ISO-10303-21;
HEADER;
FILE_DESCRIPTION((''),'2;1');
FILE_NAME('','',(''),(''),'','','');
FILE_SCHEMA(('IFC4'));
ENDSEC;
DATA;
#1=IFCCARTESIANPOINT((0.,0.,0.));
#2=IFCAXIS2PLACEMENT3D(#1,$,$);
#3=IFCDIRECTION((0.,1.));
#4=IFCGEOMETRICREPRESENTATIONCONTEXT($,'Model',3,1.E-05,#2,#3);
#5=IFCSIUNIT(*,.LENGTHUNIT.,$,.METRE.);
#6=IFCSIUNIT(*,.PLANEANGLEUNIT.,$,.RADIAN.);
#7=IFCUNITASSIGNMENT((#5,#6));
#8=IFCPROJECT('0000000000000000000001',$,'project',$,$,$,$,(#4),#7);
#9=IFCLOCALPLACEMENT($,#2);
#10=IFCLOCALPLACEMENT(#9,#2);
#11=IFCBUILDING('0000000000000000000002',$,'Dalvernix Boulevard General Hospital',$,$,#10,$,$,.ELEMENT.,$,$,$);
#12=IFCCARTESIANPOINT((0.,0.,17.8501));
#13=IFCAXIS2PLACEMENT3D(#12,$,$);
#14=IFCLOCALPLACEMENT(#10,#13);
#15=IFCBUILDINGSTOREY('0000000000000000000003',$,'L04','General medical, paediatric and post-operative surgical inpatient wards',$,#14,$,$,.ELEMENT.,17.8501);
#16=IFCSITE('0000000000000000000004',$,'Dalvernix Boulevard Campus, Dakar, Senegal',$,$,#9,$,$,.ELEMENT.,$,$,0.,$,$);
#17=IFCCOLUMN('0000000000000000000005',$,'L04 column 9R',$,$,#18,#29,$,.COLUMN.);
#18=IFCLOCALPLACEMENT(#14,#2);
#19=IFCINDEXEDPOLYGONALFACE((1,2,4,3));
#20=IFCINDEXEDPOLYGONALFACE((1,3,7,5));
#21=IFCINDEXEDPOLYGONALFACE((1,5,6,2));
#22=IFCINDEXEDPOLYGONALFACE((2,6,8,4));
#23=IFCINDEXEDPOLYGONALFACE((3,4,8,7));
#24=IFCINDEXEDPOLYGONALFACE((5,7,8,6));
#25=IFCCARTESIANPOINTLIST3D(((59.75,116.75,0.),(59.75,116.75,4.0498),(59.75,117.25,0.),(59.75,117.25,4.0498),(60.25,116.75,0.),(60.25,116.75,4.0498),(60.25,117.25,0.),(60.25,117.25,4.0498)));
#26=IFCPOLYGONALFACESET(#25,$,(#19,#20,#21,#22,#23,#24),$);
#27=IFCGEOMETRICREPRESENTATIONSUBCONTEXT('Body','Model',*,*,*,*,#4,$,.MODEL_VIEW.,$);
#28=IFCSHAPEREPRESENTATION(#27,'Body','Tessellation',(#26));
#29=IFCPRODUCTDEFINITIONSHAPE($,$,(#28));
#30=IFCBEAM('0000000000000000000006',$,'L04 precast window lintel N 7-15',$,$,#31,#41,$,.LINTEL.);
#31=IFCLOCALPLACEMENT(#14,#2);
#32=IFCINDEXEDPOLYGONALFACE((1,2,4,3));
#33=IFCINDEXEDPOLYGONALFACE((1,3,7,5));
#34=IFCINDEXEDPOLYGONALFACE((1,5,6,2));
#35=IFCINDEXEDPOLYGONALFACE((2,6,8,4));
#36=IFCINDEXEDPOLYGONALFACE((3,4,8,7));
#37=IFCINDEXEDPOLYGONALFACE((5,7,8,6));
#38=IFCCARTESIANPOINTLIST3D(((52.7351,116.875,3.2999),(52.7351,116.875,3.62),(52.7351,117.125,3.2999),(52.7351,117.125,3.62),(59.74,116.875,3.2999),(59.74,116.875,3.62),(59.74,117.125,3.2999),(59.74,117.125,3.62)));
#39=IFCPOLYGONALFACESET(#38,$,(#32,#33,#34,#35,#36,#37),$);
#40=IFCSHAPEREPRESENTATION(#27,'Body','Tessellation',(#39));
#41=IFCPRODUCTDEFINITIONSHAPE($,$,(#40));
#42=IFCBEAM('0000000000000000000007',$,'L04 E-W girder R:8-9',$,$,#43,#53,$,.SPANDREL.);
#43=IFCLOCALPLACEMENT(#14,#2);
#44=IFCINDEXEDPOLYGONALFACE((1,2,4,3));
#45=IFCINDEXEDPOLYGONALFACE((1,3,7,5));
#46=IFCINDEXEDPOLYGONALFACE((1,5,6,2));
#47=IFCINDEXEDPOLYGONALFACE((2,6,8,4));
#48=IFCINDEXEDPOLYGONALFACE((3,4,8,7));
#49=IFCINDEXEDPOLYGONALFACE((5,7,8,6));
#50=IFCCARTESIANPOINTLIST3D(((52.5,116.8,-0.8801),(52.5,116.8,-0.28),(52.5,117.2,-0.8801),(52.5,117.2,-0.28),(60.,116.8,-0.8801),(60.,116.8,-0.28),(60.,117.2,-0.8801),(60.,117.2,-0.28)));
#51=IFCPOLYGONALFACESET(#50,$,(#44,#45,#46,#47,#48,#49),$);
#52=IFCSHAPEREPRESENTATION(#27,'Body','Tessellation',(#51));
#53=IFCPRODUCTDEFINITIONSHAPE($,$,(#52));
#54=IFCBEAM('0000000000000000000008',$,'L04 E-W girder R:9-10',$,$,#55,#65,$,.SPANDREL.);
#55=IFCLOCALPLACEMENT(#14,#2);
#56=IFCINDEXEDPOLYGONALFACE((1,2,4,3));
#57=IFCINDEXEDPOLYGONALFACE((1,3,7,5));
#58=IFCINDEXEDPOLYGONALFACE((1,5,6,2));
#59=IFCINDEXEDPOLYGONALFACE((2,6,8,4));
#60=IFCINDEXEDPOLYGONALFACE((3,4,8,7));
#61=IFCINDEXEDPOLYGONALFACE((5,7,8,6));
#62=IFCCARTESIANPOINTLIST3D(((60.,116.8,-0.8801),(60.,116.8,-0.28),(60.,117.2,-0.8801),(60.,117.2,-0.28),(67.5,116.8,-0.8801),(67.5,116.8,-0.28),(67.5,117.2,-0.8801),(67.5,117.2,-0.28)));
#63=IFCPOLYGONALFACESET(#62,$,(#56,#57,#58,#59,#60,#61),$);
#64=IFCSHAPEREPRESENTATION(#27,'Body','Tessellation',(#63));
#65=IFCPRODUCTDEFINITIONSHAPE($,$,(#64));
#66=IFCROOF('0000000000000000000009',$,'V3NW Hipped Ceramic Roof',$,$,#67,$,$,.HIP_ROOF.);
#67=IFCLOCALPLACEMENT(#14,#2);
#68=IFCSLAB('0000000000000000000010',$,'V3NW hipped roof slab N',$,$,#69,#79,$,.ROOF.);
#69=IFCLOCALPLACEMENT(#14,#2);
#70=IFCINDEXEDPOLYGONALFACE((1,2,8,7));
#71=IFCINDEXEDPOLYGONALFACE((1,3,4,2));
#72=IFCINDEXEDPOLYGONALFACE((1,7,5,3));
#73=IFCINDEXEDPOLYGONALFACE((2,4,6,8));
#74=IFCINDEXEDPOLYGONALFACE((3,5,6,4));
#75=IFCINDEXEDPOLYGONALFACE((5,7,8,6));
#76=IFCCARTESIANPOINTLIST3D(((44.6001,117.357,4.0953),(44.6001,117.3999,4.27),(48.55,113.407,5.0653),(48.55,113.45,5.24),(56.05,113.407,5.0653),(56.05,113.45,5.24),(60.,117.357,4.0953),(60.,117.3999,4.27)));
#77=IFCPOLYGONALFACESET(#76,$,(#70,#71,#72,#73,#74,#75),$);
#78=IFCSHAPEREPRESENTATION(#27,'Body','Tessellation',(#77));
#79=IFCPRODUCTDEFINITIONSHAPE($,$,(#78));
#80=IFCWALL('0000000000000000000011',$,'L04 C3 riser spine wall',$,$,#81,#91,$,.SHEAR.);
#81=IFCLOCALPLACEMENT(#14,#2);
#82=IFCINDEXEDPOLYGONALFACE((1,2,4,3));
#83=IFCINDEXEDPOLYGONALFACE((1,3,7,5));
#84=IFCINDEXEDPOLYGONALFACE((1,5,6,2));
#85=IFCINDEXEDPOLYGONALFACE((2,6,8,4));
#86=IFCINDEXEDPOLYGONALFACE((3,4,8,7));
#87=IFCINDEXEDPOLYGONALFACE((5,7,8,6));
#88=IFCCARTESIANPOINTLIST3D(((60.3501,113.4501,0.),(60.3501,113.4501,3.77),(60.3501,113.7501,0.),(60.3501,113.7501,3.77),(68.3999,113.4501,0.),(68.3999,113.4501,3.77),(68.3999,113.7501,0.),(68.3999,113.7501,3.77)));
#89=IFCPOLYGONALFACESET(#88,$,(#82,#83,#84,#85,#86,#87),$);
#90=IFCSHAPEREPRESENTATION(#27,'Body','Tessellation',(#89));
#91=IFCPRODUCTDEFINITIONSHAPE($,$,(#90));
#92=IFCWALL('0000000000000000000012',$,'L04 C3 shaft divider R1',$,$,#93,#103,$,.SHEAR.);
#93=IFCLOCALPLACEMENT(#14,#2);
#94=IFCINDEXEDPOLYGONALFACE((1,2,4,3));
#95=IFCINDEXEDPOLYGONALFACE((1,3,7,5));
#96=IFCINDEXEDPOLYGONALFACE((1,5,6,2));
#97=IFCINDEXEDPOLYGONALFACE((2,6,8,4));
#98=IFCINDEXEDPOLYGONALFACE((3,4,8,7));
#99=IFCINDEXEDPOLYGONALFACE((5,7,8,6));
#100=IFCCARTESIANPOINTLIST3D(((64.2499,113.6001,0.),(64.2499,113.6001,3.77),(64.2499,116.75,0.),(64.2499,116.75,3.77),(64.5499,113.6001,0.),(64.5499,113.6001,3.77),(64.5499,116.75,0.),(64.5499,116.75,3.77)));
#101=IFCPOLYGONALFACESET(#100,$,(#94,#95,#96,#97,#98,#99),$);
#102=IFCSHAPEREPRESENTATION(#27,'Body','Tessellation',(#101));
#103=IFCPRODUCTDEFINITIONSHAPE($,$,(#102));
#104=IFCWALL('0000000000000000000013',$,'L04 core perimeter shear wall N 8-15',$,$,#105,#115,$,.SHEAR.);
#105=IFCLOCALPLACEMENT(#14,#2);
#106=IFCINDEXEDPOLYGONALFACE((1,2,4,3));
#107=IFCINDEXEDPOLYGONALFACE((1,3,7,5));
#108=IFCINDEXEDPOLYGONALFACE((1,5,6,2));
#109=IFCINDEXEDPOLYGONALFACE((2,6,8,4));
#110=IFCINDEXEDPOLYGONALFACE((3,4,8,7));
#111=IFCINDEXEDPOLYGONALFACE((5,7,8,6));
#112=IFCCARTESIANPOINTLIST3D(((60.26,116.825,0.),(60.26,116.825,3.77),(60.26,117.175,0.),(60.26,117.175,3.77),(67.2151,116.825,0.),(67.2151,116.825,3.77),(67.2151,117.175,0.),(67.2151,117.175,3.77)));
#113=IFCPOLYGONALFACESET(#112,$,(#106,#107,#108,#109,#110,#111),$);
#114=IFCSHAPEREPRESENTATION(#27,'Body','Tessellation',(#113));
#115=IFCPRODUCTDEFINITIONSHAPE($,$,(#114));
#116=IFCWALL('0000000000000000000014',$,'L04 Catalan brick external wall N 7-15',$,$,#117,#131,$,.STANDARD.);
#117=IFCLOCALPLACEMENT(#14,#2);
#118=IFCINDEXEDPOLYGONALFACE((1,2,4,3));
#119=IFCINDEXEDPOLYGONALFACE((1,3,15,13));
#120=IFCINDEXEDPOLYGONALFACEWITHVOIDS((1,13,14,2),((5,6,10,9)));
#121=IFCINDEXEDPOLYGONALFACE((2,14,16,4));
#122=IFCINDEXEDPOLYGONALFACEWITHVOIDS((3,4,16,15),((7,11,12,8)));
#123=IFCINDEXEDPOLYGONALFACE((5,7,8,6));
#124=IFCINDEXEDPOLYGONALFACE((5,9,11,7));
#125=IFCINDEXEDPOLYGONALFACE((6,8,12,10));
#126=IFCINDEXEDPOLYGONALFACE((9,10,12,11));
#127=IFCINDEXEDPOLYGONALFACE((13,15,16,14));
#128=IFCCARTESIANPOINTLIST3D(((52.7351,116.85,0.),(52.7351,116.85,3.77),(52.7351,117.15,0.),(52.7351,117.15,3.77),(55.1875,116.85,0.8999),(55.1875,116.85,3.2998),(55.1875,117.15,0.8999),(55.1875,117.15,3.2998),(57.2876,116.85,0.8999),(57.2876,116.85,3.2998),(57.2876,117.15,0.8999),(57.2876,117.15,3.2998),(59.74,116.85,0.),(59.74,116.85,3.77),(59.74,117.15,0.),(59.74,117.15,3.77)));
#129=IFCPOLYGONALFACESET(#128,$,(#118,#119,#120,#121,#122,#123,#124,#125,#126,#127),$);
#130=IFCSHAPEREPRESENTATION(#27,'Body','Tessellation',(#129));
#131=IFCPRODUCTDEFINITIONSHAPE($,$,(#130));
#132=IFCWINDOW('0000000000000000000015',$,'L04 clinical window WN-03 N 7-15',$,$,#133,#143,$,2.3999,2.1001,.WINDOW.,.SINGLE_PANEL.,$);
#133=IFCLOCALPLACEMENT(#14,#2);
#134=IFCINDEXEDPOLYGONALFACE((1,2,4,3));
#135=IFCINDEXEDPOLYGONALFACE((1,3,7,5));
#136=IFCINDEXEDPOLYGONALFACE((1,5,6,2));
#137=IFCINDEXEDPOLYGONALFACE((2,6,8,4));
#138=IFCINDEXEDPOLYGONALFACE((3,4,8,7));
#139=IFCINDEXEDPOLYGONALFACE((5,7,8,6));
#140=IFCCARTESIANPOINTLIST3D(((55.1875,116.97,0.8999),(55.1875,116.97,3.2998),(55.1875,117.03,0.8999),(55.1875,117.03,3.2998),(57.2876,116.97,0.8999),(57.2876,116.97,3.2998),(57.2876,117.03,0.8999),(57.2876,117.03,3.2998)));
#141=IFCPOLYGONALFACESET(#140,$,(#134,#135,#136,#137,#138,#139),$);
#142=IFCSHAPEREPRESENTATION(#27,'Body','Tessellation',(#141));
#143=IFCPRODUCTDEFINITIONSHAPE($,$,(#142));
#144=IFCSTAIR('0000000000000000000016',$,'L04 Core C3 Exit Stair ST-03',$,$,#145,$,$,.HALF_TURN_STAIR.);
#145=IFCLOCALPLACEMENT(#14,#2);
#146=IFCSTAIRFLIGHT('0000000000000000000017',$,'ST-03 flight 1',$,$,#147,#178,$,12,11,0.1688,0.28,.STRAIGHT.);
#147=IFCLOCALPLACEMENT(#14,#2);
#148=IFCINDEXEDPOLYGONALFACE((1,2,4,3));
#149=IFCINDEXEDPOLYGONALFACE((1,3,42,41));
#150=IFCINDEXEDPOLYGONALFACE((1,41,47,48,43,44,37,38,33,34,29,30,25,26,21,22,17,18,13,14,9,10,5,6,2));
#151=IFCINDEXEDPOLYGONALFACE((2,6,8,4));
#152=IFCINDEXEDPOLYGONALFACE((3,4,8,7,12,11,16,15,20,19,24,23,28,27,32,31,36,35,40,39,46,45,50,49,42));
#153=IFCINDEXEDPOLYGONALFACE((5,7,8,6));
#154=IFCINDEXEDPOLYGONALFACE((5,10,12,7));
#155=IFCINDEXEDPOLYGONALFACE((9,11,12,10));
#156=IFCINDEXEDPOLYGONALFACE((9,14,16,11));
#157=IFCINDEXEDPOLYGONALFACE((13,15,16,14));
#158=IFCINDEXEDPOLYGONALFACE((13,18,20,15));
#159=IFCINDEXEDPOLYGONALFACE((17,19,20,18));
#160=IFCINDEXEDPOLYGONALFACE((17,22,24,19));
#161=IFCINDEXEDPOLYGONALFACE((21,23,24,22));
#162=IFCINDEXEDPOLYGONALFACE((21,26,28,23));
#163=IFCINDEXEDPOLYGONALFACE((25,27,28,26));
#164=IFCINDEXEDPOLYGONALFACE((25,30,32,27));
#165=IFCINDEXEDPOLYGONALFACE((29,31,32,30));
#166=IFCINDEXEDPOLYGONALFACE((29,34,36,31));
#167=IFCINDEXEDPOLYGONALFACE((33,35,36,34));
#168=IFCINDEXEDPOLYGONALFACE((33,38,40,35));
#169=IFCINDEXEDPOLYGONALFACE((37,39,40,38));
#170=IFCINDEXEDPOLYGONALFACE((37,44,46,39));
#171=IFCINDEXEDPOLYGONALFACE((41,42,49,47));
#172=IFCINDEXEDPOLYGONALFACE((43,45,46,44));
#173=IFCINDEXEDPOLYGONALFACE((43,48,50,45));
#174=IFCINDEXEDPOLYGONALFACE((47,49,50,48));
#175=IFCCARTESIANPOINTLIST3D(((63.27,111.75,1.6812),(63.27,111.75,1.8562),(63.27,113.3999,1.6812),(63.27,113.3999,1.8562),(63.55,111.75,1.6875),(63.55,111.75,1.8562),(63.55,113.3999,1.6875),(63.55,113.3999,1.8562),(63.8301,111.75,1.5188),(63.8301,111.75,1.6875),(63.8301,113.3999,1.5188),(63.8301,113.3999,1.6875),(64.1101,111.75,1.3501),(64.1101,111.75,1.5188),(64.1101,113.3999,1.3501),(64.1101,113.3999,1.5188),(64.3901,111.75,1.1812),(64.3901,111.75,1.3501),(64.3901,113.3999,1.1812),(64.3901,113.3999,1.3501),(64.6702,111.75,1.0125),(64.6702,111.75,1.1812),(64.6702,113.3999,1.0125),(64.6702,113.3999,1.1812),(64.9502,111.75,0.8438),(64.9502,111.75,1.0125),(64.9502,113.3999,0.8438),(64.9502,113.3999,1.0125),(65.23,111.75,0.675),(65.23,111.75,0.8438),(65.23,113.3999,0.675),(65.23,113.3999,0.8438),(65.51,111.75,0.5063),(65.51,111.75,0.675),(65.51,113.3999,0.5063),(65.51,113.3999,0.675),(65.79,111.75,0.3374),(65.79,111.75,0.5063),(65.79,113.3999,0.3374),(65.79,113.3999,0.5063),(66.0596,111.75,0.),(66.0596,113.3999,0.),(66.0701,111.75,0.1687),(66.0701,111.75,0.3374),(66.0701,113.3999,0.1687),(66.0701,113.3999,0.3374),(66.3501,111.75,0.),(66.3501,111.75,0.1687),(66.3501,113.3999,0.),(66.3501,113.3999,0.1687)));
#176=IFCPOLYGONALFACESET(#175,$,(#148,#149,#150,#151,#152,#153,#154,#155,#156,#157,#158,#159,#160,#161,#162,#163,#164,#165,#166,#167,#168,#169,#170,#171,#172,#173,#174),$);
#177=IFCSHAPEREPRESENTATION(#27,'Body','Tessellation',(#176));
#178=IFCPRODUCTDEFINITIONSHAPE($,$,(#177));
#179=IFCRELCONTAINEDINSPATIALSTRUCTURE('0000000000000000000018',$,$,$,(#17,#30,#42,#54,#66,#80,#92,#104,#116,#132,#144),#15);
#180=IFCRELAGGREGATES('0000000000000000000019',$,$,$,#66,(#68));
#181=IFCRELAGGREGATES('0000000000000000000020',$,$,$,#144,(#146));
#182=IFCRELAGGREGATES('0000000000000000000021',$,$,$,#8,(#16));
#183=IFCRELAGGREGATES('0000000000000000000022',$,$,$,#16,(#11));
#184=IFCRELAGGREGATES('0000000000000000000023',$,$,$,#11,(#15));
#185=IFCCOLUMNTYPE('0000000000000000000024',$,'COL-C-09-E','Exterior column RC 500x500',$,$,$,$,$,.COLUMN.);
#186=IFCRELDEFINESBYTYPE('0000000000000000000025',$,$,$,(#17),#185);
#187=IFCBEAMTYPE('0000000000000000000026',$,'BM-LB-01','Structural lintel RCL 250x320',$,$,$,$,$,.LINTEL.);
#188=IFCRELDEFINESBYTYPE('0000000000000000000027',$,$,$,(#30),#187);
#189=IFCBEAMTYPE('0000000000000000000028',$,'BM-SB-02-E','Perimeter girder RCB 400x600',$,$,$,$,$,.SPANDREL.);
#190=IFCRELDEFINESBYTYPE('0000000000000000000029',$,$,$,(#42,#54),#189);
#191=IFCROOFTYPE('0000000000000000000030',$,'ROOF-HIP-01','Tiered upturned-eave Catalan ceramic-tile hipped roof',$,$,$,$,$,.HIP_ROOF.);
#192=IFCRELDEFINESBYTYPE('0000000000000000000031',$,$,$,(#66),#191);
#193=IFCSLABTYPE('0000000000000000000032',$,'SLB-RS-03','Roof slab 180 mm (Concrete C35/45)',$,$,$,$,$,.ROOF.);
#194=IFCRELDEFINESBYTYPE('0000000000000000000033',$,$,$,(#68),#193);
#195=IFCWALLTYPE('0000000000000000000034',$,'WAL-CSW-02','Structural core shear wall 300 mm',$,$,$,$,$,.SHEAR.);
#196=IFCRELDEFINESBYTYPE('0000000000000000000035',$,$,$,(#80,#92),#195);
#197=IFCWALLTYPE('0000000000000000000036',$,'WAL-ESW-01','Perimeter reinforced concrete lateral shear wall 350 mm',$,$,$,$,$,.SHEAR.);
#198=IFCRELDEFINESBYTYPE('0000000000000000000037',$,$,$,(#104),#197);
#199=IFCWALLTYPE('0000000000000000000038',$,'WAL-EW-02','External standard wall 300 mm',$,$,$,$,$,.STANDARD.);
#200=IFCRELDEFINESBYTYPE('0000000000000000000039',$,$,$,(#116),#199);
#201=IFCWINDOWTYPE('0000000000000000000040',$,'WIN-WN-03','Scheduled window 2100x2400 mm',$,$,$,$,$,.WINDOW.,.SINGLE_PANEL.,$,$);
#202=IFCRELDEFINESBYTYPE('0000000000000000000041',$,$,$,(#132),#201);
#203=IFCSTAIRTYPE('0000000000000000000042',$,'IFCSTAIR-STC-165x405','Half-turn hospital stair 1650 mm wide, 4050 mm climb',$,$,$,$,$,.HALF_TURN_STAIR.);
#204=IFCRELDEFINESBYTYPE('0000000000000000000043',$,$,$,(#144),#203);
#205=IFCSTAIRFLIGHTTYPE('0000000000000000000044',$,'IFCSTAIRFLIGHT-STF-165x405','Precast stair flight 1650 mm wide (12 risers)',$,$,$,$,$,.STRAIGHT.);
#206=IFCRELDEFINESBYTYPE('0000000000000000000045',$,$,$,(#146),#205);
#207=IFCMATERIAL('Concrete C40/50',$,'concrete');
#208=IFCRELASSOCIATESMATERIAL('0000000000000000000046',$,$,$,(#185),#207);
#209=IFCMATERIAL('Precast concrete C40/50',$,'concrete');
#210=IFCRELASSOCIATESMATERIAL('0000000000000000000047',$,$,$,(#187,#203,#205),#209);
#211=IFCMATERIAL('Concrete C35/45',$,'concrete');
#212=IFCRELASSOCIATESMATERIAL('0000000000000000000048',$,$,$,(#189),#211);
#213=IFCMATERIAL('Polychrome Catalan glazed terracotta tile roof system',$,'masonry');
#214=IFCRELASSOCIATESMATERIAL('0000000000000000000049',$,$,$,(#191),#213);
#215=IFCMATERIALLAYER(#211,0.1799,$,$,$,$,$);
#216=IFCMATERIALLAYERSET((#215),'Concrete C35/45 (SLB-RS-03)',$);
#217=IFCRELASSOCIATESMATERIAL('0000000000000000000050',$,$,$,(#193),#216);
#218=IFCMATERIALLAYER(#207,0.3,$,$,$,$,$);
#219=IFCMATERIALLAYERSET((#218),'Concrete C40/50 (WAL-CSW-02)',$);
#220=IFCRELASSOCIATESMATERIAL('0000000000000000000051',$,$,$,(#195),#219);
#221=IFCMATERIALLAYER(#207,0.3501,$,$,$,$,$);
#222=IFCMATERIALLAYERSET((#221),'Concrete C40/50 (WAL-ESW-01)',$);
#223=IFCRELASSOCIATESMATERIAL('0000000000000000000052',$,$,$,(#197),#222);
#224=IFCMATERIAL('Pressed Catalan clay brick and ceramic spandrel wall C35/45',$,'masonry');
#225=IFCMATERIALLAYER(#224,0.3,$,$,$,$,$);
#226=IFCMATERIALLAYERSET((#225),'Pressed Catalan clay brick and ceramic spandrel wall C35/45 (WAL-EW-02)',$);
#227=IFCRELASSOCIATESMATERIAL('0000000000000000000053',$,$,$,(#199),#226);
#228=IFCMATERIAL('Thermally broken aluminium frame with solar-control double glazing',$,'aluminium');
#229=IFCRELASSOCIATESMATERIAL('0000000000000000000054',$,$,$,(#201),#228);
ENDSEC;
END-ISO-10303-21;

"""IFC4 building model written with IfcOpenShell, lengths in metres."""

from ifc_helpers import new_model, si_unit, direction, frame, frame_2d, origin, origin_2d, place, context, subcontext, project, spatial, polyline, rectangle, outline, extrude, material, layer, layer_set, material_profile, profile_set, type_object, element, fill, aggregate, save


model = new_model("IFC4")

# Units and contexts
model_context = context("Model", 3, precision=1e-05, world=origin(), true_north=direction((0.0, 1.0)))
body_context = subcontext(model_context, "Body", "Model", "MODEL_VIEW")
ifc_project = project(units=[si_unit("LENGTHUNIT", "METRE"), si_unit("PLANEANGLEUNIT", "RADIAN")], contexts=[model_context])

# Site, building, storey
site_placement = place(None, origin())
site = spatial("IfcSite", under=ifc_project, at=site_placement, Name="Dalvernix Boulevard Campus, Dakar, Senegal", CompositionType="ELEMENT", RefElevation=0.0)
building_placement = place(site_placement, origin())
building = spatial("IfcBuilding", under=site, at=building_placement, Name="Dalvernix Boulevard General Hospital", CompositionType="ELEMENT")
storey_placement = place(building_placement, frame((0.0, 0.0, 17.8501)))
storey = spatial("IfcBuildingStorey", under=building, at=storey_placement, Name="L04", Description="General medical, paediatric and post-operative surgical inpatient wards", CompositionType="ELEMENT", Elevation=17.8501)

# Column
ifc_material_1 = material(Name="Concrete C40/50", Category="concrete")
ifc_material_profile_1 = material_profile(ifc_material_1, rectangle(XDim=0.5, YDim=0.5, at=origin_2d()), Name="RC 500x500")
ifc_profile_set_1 = profile_set([ifc_material_profile_1], Name="Concrete C40/50")
column_type = type_object("IfcColumnType", Name="COL-C-09-E", Description="Exterior column RC 500x500", PredefinedType="COLUMN", material=ifc_profile_set_1)
column_placement = place(storey_placement, frame((60.0, 117.0, 0.0), z_axis=(0.0, 0.0, 1.0), x_axis=(1.0, 0.0, 0.0)))
element("IfcColumn", 1, at=column_placement, inside=storey, type_object=column_type, Name="L04 column 9R", PredefinedType="COLUMN", context=body_context, shape_type="SweptSolid", body=[
    extrude(rectangle(XDim=0.5, YDim=0.5, at=origin_2d()), origin(), (0.0, 0.0, 1.0), 4.0498),
])

# Beams
ifc_material_2 = material(Name="Precast concrete C40/50", Category="concrete")
ifc_material_profile_2 = material_profile(ifc_material_2, rectangle(XDim=0.25, YDim=0.3201, at=origin_2d()), Name="RCL 250x320")
ifc_profile_set_2 = profile_set([ifc_material_profile_2], Name="Precast concrete C40/50")
beam_type_1 = type_object("IfcBeamType", Name="BM-LB-01", Description="Structural lintel RCL 250x320", PredefinedType="LINTEL", material=ifc_profile_set_2)
beam_placement = place(storey_placement, frame((52.7351, 117.0, 3.46), z_axis=(1.0, 0.0, 0.0), x_axis=(0.0, 1.0, 0.0)))
element("IfcBeam", 2, at=beam_placement, inside=storey, type_object=beam_type_1, Name="L04 precast window lintel N 7-15", PredefinedType="LINTEL", context=body_context, shape_type="SweptSolid", body=[
    extrude(rectangle(XDim=0.25, YDim=0.3201, at=origin_2d()), origin(), (0.0, 0.0, 1.0), 7.0049),
])
ifc_material_3 = material(Name="Concrete C35/45", Category="concrete")
ifc_material_profile_3 = material_profile(ifc_material_3, rectangle(XDim=0.3999, YDim=0.6001, at=origin_2d()), Name="RCB 400x600")
ifc_profile_set_3 = profile_set([ifc_material_profile_3], Name="Concrete C35/45")
beam_type_2 = type_object("IfcBeamType", Name="BM-SB-02-E", Description="Perimeter girder RCB 400x600", PredefinedType="SPANDREL", material=ifc_profile_set_3)
for number, where, z_axis, x_axis, name in (
    (3, (52.5, 117.0, -0.5801), (1.0, 0.0, 0.0), (0.0, 1.0, 0.0), "L04 E-W girder R:8-9"),
    (4, (60.0, 117.0, -0.5801), (1.0, 0.0, 0.0), (0.0, 1.0, 0.0), "L04 E-W girder R:9-10"),
):
    element("IfcBeam", number, at=place(storey_placement, frame(where, z_axis=z_axis, x_axis=x_axis)), inside=storey, type_object=beam_type_2, Name=name, PredefinedType="SPANDREL", context=body_context, shape_type="SweptSolid", body=[
        extrude(rectangle(XDim=0.3999, YDim=0.6001, at=origin_2d()), origin(), (0.0, 0.0, 1.0), 7.5),
    ])

# Roof, slab
ifc_material_4 = material(Name="Polychrome Catalan glazed terracotta tile roof system", Category="masonry")
roof_type_1 = type_object("IfcRoofType", Name="ROOF-HIP-01", Description="Tiered upturned-eave Catalan ceramic-tile hipped roof", PredefinedType="HIP_ROOF", material=ifc_material_4)
roof_1_placement = place(storey_placement, origin())
roof_1 = element("IfcRoof", 5, at=roof_1_placement, inside=storey, type_object=roof_type_1, Name="V3NW Hipped Ceramic Roof", PredefinedType="HIP_ROOF")
ifc_layer_1 = layer(ifc_material_3, 0.1799)
ifc_layer_set_1 = layer_set([ifc_layer_1], Name="Concrete C35/45 (SLB-RS-03)")
slab_type = type_object("IfcSlabType", Name="SLB-RS-03", Description="Roof slab 180 mm (Concrete C35/45)", PredefinedType="ROOF", material=ifc_layer_set_1)
slab_placement = place(storey_placement, frame((60.0, 117.3999, 4.27), z_axis=(0.0, 0.23848, 0.971147), x_axis=(-1.0, 0.0, 0.0)))
slab = element("IfcSlab", 6, at=slab_placement, type_object=slab_type, Name="V3NW hipped roof slab N", PredefinedType="ROOF", context=body_context, shape_type="SweptSolid", body=[
    extrude(outline(polyline([(0.0, 0.0), (15.3999, 0.0), (11.45, 4.0673), (3.95, 4.0673), (0.0, 0.0)])), origin(), (0.0, 0.0, -1.0), 0.1799),
])
aggregate(roof_1, [slab])

# Walls
ifc_layer_2 = layer(ifc_material_1, 0.3)
ifc_layer_set_2 = layer_set([ifc_layer_2], Name="Concrete C40/50 (WAL-CSW-02)")
wall_type_1 = type_object("IfcWallType", Name="WAL-CSW-02", Description="Structural core shear wall 300 mm", PredefinedType="SHEAR", material=ifc_layer_set_2)
wall_1_placement = place(storey_placement, frame((60.3501, 113.6001, 0.0), z_axis=(0.0, 0.0, 1.0), x_axis=(1.0, 0.0, 0.0)))
element("IfcWall", 7, at=wall_1_placement, inside=storey, type_object=wall_type_1, Name="L04 C3 riser spine wall", PredefinedType="SHEAR", context=body_context, shape_type="SweptSolid", body=[
    extrude(rectangle(XDim=8.0498, YDim=0.3, at=frame_2d((4.0249, 0.0))), origin(), (0.0, 0.0, 1.0), 3.77),
])
wall_2_placement = place(storey_placement, frame((64.3999, 113.6001, 0.0), z_axis=(0.0, 0.0, 1.0), x_axis=(0.0, 1.0, 0.0)))
element("IfcWall", 8, at=wall_2_placement, inside=storey, type_object=wall_type_1, Name="L04 C3 shaft divider R1", PredefinedType="SHEAR", context=body_context, shape_type="SweptSolid", body=[
    extrude(rectangle(XDim=3.1499, YDim=0.3, at=frame_2d((1.575, 0.0))), origin(), (0.0, 0.0, 1.0), 3.77),
])
ifc_layer_3 = layer(ifc_material_1, 0.3501)
ifc_layer_set_3 = layer_set([ifc_layer_3], Name="Concrete C40/50 (WAL-ESW-01)")
wall_type_2 = type_object("IfcWallType", Name="WAL-ESW-01", Description="Perimeter reinforced concrete lateral shear wall 350 mm", PredefinedType="SHEAR", material=ifc_layer_set_3)
wall_3_placement = place(storey_placement, frame((60.26, 117.0, 0.0), z_axis=(0.0, 0.0, 1.0), x_axis=(1.0, 0.0, 0.0)))
element("IfcWall", 9, at=wall_3_placement, inside=storey, type_object=wall_type_2, Name="L04 core perimeter shear wall N 8-15", PredefinedType="SHEAR", context=body_context, shape_type="SweptSolid", body=[
    extrude(rectangle(XDim=6.9551, YDim=0.3501, at=frame_2d((3.4775, 0.0))), origin(), (0.0, 0.0, 1.0), 3.77),
])

# Wall, opening, window
ifc_material_5 = material(Name="Pressed Catalan clay brick and ceramic spandrel wall C35/45", Category="masonry")
ifc_layer_4 = layer(ifc_material_5, 0.3)
ifc_layer_set_4 = layer_set([ifc_layer_4], Name="Pressed Catalan clay brick and ceramic spandrel wall C35/45 (WAL-EW-02)")
wall_type_3 = type_object("IfcWallType", Name="WAL-EW-02", Description="External standard wall 300 mm", PredefinedType="STANDARD", material=ifc_layer_set_4)
wall_4_placement = place(storey_placement, frame((52.7351, 117.0, 0.0), z_axis=(0.0, 0.0, 1.0), x_axis=(1.0, 0.0, 0.0)))
wall_4 = element("IfcWall", 10, at=wall_4_placement, inside=storey, type_object=wall_type_3, Name="L04 Catalan brick external wall N 7-15", PredefinedType="STANDARD", context=body_context, shape_type="SweptSolid", body=[
    extrude(rectangle(XDim=7.0049, YDim=0.3, at=frame_2d((3.5024, 0.0))), origin(), (0.0, 0.0, 1.0), 3.77),
])
opening_placement = place(wall_4_placement, frame((2.4524, 0.0, 0.8999)))
opening = element("IfcOpeningElement", 11, at=opening_placement, cuts=wall_4, PredefinedType="OPENING", context=body_context, shape_type="SweptSolid", body=[
    extrude(rectangle(XDim=2.1001, YDim=2.3999, at=frame_2d((1.05, 1.2))), frame((0.0, 0.1599, 0.0), z_axis=(0.0, -1.0, 0.0), x_axis=(1.0, 0.0, 0.0)), (0.0, 0.0, 1.0), 0.3201),
])
ifc_material_6 = material(Name="Thermally broken aluminium frame with solar-control double glazing", Category="aluminium")
window_type = type_object("IfcWindowType", Name="WIN-WN-03", Description="Scheduled window 2100x2400 mm", PartitioningType="SINGLE_PANEL", PredefinedType="WINDOW", material=ifc_material_6)
window_placement = place(opening_placement, origin())
window = element("IfcWindow", 12, at=window_placement, inside=storey, type_object=window_type, Name="L04 clinical window WN-03 N 7-15", OverallHeight=2.3999, OverallWidth=2.1001, PartitioningType="SINGLE_PANEL", PredefinedType="WINDOW", context=body_context, shape_type="SweptSolid", body=[
    extrude(rectangle(XDim=2.1001, YDim=2.3999, at=frame_2d((1.05, 1.2))), frame((0.0, 0.03, 0.0), z_axis=(0.0, -1.0, 0.0), x_axis=(1.0, 0.0, 0.0)), (0.0, 0.0, 1.0), 0.0601),
])
fill(opening, window)

# Stair, stair flight
stair_type = type_object("IfcStairType", Name="IFCSTAIR-STC-165x405", Description="Half-turn hospital stair 1650 mm wide, 4050 mm climb", PredefinedType="HALF_TURN_STAIR", material=ifc_material_2)
stair_placement = place(storey_placement, origin())
stair = element("IfcStair", 13, at=stair_placement, inside=storey, type_object=stair_type, Name="L04 Core C3 Exit Stair ST-03", PredefinedType="HALF_TURN_STAIR")
stair_flight_type = type_object("IfcStairFlightType", Name="IFCSTAIRFLIGHT-STF-165x405", Description="Precast stair flight 1650 mm wide (12 risers)", PredefinedType="STRAIGHT", material=ifc_material_2)
stair_flight_placement = place(storey_placement, frame((66.3501, 112.575, 0.0), z_axis=(0.0, 0.0, 1.0), x_axis=(-1.0, 0.0, 0.0)))
stair_flight = element("IfcStairFlight", 14, at=stair_flight_placement, type_object=stair_flight_type, Name="ST-03 flight 1", NumberOfRisers=12, NumberOfTreads=11, PredefinedType="STRAIGHT", RiserHeight=0.1688, TreadLength=0.28, context=body_context, shape_type="SweptSolid", body=[
    extrude(outline(polyline([(0.0, 0.0), (0.0, 0.1687), (0.28, 0.1687), (0.28, 0.3374), (0.5601, 0.3374), (0.5601, 0.5063), (0.8401, 0.5063), (0.8401, 0.675), (1.1201, 0.675), (1.1201, 0.8438), (1.3999, 0.8438), (1.3999, 1.0125), (1.6799, 1.0125), (1.6799, 1.1812), (1.96, 1.1812), (1.96, 1.3501), (2.24, 1.3501), (2.24, 1.5188), (2.52, 1.5188), (2.52, 1.6875), (2.8, 1.6875), (2.8, 1.8562), (3.0801, 1.8562), (3.0801, 2.0249), (3.0801, 1.6812), (0.2905, 0.0), (0.0, 0.0)])), frame((0.0, 0.825, 0.0), z_axis=(0.0, -1.0, 0.0), x_axis=(1.0, 0.0, 0.0)), (0.0, 0.0, 1.0), 1.6499),
])
aggregate(stair, [stair_flight])

save(model, "model.ifc")
